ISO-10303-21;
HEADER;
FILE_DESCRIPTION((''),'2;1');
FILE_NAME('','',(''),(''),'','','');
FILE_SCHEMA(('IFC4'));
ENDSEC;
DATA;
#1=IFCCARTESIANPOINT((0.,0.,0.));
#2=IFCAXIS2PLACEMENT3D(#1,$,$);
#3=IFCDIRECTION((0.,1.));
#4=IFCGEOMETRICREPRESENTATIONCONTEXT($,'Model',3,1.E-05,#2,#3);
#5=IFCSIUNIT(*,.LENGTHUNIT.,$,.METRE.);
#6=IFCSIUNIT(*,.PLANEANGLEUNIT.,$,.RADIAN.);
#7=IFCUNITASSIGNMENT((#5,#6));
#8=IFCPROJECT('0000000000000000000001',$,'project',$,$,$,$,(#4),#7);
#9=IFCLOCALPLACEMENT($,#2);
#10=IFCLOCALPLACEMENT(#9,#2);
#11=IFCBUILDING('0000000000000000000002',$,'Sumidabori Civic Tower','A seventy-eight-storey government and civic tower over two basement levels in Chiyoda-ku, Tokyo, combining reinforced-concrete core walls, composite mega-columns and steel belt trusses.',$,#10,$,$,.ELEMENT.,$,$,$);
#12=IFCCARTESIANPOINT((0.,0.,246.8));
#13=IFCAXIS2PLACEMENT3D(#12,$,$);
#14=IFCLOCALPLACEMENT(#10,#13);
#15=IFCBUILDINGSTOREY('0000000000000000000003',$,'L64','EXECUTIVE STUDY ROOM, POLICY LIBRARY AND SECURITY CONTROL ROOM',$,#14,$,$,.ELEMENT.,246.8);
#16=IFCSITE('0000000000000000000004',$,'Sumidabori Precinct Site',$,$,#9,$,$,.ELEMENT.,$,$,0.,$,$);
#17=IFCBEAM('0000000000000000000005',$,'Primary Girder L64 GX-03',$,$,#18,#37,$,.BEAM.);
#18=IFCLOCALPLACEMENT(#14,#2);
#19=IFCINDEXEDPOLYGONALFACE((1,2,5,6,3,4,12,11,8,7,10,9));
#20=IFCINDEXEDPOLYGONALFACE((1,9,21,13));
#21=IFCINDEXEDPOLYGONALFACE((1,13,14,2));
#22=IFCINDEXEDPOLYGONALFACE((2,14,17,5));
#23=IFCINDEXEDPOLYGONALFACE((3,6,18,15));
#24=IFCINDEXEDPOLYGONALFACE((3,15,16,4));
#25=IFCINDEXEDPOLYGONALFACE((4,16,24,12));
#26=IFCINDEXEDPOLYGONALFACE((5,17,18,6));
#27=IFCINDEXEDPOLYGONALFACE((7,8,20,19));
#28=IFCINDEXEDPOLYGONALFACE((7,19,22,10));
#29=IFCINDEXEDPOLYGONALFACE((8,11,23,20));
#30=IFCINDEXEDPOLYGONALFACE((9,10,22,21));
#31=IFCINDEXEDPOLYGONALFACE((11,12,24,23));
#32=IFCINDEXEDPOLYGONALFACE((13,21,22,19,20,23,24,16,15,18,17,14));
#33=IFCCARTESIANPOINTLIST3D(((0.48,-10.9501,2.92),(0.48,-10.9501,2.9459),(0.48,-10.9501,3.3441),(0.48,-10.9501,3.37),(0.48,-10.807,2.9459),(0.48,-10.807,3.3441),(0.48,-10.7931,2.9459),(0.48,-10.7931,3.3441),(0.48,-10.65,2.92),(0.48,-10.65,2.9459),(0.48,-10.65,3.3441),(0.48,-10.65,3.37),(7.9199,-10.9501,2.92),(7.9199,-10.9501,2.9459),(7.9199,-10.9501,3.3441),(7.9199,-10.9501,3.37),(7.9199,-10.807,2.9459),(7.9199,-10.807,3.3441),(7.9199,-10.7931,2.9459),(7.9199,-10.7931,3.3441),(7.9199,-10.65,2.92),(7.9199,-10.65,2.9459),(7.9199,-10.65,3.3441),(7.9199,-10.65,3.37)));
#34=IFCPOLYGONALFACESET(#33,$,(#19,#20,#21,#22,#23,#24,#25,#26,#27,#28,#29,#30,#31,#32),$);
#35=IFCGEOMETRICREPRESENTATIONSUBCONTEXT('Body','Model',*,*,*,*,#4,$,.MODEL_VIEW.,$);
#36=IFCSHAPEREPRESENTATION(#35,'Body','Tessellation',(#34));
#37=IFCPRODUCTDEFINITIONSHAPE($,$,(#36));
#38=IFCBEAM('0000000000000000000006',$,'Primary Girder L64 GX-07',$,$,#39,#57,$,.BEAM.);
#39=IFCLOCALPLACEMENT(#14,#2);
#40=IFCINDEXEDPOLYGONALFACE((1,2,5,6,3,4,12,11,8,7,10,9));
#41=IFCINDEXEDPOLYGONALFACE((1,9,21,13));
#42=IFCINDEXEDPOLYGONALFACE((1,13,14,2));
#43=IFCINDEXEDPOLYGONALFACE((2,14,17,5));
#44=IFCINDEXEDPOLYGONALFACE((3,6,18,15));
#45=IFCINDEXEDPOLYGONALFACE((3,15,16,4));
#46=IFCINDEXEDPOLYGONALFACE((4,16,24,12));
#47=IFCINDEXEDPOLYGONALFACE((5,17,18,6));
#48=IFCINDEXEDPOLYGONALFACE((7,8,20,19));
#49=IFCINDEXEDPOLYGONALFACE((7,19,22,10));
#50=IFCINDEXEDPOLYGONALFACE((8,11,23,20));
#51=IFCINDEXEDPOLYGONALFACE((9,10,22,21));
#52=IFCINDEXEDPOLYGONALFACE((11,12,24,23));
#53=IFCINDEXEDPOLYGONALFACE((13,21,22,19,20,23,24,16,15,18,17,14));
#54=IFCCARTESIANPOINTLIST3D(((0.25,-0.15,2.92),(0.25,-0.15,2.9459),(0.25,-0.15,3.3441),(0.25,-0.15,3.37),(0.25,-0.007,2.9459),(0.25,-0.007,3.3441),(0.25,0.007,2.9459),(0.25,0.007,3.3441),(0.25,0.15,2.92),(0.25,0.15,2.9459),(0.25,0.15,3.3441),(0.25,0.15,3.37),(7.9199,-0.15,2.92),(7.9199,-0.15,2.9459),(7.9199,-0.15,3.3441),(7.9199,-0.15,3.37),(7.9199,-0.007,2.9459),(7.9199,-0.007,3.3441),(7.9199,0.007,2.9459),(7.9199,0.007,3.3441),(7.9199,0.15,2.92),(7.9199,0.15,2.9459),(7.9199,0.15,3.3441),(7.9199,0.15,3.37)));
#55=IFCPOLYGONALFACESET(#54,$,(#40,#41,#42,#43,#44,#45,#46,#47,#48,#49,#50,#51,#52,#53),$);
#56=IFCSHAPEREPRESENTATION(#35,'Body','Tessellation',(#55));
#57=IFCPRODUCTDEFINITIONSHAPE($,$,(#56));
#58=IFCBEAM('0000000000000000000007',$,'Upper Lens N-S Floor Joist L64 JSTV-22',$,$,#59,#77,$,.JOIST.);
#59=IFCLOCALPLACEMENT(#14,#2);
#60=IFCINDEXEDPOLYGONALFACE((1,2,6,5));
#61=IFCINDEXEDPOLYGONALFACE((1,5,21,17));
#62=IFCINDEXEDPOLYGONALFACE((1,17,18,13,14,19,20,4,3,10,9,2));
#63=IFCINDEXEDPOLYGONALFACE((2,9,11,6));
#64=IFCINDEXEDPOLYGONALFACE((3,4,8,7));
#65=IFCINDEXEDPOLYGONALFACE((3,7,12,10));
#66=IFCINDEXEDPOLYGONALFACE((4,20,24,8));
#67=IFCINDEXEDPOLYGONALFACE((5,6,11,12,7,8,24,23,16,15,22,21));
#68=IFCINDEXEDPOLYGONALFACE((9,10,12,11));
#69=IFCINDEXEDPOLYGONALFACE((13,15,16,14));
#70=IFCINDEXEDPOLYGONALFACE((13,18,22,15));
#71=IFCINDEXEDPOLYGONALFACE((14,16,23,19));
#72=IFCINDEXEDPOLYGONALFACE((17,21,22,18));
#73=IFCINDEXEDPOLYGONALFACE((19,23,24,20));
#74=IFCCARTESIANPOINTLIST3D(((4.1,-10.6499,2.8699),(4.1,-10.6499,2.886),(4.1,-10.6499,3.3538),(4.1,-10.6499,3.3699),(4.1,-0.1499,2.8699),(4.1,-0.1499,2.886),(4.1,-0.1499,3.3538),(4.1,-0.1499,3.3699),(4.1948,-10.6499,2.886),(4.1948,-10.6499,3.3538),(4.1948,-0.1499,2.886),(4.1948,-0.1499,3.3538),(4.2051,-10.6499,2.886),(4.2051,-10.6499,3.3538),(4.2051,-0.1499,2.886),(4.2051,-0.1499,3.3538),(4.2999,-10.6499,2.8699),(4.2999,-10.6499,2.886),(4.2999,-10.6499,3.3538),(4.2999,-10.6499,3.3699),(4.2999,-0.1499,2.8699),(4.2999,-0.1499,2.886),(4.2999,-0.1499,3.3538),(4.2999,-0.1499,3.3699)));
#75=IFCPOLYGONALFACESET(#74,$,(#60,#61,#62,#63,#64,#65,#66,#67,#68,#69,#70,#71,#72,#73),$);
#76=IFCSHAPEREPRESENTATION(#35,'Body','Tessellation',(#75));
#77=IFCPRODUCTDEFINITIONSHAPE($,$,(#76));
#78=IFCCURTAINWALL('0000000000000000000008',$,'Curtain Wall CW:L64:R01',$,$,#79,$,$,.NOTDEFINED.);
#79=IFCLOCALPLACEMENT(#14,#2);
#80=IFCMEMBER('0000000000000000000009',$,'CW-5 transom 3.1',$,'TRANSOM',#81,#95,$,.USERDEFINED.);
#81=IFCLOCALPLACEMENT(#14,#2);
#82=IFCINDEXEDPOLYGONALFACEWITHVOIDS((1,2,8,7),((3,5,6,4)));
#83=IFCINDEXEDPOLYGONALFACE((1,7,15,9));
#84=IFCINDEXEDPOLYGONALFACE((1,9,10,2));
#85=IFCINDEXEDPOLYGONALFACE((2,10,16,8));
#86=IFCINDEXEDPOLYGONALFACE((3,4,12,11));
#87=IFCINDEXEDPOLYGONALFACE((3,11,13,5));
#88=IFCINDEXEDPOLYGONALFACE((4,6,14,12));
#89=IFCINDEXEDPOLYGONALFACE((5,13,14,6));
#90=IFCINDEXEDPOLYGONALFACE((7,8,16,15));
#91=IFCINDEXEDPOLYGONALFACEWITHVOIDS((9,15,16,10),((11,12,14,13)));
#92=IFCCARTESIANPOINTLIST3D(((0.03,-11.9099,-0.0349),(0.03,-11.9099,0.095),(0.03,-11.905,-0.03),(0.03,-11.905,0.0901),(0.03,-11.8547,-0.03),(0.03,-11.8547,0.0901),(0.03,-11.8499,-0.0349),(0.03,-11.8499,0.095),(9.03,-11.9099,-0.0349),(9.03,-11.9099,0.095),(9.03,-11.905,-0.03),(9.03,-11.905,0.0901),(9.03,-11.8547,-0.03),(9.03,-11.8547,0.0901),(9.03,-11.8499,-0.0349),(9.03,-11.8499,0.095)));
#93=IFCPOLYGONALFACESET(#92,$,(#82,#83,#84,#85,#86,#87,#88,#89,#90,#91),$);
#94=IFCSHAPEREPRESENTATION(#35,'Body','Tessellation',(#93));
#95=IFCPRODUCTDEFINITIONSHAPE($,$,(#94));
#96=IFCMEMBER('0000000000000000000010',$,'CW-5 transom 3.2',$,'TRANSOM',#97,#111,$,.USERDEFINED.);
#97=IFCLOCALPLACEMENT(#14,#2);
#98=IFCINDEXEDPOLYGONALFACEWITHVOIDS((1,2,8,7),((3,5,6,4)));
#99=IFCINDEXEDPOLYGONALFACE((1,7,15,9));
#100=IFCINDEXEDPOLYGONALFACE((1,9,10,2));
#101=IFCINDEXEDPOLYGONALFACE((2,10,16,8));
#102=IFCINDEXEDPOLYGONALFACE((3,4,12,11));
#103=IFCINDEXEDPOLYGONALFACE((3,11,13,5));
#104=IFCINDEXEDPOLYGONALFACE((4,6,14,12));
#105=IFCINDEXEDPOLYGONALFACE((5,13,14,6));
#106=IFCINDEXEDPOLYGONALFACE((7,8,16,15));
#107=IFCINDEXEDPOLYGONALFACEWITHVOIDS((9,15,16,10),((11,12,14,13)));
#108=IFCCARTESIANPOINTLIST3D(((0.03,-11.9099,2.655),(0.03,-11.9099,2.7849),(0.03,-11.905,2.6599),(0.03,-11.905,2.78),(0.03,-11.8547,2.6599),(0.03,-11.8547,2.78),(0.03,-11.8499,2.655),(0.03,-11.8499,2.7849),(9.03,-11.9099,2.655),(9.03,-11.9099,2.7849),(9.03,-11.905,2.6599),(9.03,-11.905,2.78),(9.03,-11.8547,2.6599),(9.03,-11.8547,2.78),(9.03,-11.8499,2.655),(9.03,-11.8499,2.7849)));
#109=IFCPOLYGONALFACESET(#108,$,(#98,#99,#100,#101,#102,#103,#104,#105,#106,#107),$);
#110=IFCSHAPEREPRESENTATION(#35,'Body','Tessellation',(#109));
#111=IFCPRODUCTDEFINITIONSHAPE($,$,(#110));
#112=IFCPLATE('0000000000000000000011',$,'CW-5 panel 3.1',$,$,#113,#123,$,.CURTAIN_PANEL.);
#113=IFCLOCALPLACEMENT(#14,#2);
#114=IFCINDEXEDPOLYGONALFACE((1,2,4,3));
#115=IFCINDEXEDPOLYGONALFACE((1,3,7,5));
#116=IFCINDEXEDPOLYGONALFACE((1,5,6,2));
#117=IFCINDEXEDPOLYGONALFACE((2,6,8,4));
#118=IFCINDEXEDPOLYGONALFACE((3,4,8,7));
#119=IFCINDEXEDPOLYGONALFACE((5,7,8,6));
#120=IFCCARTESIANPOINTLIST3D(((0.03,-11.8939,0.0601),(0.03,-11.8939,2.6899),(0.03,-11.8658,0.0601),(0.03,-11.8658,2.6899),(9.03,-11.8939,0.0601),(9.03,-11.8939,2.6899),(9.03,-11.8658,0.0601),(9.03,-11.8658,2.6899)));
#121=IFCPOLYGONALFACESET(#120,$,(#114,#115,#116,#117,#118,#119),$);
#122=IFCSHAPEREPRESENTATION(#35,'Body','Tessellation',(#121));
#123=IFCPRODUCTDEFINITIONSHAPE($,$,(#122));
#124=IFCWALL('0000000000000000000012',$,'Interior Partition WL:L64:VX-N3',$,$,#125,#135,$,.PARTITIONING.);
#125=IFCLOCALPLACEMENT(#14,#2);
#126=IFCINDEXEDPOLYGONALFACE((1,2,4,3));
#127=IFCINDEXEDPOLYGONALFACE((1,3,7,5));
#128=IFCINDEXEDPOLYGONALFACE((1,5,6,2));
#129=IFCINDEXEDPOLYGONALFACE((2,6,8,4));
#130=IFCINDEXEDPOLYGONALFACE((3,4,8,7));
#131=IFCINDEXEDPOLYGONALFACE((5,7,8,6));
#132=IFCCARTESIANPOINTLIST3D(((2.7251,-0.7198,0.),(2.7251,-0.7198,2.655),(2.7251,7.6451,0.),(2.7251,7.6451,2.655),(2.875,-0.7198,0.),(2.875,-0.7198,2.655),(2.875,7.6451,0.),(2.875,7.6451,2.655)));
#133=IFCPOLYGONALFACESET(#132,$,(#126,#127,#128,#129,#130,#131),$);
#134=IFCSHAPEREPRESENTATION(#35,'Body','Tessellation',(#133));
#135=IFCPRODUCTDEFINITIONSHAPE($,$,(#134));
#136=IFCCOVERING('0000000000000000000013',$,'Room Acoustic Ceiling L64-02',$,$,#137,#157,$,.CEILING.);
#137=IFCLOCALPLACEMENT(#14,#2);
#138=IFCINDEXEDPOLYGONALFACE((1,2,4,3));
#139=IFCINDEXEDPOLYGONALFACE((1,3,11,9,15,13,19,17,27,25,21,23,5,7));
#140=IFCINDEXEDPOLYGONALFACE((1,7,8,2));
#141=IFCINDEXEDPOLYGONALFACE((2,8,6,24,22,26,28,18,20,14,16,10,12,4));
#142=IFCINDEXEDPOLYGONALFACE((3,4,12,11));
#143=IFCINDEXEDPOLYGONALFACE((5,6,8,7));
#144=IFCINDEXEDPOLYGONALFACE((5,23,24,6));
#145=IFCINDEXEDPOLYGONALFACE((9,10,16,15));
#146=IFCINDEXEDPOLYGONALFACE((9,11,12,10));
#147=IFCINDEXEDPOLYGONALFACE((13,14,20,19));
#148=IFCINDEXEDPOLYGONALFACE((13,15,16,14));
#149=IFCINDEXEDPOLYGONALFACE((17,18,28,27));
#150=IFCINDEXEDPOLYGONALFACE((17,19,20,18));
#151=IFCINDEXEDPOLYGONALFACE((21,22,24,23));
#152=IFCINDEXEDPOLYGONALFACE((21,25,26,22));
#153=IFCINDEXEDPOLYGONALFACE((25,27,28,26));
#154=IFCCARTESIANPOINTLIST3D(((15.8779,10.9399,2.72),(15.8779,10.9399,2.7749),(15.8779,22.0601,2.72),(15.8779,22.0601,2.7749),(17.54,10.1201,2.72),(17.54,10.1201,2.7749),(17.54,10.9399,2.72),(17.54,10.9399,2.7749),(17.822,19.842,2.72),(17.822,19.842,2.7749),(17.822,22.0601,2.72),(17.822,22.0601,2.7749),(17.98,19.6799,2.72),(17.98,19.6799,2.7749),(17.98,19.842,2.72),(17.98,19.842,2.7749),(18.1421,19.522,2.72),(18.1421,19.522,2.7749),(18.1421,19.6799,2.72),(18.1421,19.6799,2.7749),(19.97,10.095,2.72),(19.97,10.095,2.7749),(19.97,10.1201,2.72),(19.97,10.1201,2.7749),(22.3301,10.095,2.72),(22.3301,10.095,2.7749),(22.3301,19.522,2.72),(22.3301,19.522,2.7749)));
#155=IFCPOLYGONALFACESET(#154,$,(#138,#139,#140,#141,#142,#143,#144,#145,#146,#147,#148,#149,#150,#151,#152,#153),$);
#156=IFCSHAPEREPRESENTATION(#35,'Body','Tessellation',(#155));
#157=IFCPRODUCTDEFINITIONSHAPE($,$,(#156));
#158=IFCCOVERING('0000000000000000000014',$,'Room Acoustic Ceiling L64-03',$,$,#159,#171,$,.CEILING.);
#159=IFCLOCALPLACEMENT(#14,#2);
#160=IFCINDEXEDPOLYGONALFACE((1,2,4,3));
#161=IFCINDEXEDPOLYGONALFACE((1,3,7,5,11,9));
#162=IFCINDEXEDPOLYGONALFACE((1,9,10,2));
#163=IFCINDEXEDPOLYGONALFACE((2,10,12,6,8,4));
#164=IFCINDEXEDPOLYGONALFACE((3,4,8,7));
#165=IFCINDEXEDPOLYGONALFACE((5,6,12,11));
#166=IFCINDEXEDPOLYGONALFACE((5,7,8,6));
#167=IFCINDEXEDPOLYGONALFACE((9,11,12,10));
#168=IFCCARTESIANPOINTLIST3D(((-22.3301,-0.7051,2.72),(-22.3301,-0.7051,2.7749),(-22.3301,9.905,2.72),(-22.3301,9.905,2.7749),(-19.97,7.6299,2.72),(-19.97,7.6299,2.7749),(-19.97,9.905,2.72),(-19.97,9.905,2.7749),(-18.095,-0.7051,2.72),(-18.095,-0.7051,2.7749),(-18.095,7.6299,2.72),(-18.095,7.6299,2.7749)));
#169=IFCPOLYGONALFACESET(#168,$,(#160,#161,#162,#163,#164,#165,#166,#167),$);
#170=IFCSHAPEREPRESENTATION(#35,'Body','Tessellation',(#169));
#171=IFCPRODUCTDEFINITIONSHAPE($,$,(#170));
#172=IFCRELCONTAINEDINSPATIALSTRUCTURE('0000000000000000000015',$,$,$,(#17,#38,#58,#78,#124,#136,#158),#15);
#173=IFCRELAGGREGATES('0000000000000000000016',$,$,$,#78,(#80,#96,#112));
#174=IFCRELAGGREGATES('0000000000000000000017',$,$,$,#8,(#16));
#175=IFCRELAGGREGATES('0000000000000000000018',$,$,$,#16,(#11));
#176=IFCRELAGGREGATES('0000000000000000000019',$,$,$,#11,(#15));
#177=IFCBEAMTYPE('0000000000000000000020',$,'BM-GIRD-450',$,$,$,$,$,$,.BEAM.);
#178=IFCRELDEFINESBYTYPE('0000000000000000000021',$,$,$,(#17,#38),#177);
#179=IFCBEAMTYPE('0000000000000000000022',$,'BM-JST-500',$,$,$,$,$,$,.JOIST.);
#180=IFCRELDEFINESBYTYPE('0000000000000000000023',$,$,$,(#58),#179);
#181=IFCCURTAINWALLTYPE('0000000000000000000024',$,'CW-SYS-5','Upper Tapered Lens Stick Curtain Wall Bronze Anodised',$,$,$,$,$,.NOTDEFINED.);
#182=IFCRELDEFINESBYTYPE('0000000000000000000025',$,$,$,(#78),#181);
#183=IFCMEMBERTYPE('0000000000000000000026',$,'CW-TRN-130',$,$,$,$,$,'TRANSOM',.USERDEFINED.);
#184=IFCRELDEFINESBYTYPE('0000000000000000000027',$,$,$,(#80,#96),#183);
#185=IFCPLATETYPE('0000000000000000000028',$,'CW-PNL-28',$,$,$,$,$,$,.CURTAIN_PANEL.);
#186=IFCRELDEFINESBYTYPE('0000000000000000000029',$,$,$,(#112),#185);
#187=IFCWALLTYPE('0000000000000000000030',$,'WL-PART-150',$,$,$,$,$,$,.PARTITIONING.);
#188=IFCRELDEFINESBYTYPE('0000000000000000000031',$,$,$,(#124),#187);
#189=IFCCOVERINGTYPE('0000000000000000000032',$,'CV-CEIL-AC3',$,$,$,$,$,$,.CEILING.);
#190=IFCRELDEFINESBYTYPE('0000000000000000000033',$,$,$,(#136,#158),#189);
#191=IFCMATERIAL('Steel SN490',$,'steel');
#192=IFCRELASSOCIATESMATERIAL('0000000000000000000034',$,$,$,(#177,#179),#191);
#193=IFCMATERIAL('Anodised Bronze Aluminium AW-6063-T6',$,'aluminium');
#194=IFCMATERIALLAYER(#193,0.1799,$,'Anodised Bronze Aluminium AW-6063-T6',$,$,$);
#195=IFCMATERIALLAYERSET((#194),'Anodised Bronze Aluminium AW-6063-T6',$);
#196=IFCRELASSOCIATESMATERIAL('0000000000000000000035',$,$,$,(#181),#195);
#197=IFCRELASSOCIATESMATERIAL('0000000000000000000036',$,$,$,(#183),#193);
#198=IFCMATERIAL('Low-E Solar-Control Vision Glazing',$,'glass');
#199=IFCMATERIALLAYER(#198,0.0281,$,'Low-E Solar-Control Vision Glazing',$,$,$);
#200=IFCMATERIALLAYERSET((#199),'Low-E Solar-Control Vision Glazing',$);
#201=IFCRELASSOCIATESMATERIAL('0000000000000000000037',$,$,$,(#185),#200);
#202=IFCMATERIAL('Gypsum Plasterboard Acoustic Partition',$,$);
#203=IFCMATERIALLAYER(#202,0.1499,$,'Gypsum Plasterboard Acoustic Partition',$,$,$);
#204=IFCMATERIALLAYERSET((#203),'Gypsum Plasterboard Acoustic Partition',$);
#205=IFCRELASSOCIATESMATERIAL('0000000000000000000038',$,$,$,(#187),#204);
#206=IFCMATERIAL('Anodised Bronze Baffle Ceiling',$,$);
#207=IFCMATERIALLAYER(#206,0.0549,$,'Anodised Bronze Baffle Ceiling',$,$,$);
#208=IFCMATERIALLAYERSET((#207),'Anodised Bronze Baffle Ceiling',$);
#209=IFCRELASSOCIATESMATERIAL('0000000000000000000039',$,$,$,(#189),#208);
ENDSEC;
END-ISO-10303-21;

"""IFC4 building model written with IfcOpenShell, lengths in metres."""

from ifc_helpers import new_model, si_unit, direction, frame, frame_2d, origin, origin_2d, place, context, subcontext, project, spatial, polyline, rectangle, hollow_rectangle, i_section, outline, extrude, source, transform, mapped, material, layer, layer_set, material_profile, profile_set, type_object, element, aggregate, save


model = new_model("IFC4")

# Units and contexts
model_context = context("Model", 3, precision=1e-05, world=origin(), true_north=direction((0.0, 1.0)))
body_context = subcontext(model_context, "Body", "Model", "MODEL_VIEW")
ifc_project = project(units=[si_unit("LENGTHUNIT", "METRE"), si_unit("PLANEANGLEUNIT", "RADIAN")], contexts=[model_context])

# Site, building, storey
site_placement = place(None, origin())
site = spatial("IfcSite", under=ifc_project, at=site_placement, Name="Sumidabori Precinct Site", CompositionType="ELEMENT", RefElevation=0.0)
building_placement = place(site_placement, origin())
building = spatial("IfcBuilding", under=site, at=building_placement, Name="Sumidabori Civic Tower", Description="A seventy-eight-storey government and civic tower over two basement levels in Chiyoda-ku, Tokyo, combining reinforced-concrete core walls, composite mega-columns and steel belt trusses.", CompositionType="ELEMENT")
storey_placement = place(building_placement, frame((0.0, 0.0, 246.8)))
storey = spatial("IfcBuildingStorey", under=building, at=storey_placement, Name="L64", Description="EXECUTIVE STUDY ROOM, POLICY LIBRARY AND SECURITY CONTROL ROOM", CompositionType="ELEMENT", Elevation=246.8)

# Beams
ifc_material_1 = material(Name="Steel SN490", Category="steel")
ifc_material_profile_1 = material_profile(ifc_material_1, i_section(OverallWidth=0.3, OverallDepth=0.45, WebThickness=0.0139, FlangeThickness=0.0259, at=origin_2d()), Name="HE 450 B")
ifc_profile_set_1 = profile_set([ifc_material_profile_1], Name="Steel SN490")
beam_type_1 = type_object("IfcBeamType", Name="BM-GIRD-450", PredefinedType="BEAM", material=ifc_profile_set_1)
shared_shape_1 = source(origin(), body_context, "Body", "SweptSolid", [
    extrude(i_section(OverallWidth=0.3, OverallDepth=0.45, WebThickness=0.0139, FlangeThickness=0.0259, at=origin_2d()), origin(), (0.0, 0.0, 1.0), 7.4399),
])
beam_1_placement = place(storey_placement, frame((0.48, -10.8, 3.145), z_axis=(1.0, 0.0, 0.0), x_axis=(0.0, 1.0, 0.0)))
element("IfcBeam", 1, at=beam_1_placement, inside=storey, type_object=beam_type_1, Name="Primary Girder L64 GX-03", PredefinedType="BEAM", context=body_context, shape_type="MappedRepresentation", body=[
    mapped(shared_shape_1, transform((0.0, 0.0, 0.0), x_axis=(1.0, 0.0, 0.0), y_axis=(0.0, 1.0, 0.0), z_axis=(0.0, 0.0, 1.0), scale=1.0)),
])
shared_shape_2 = source(origin(), body_context, "Body", "SweptSolid", [
    extrude(i_section(OverallWidth=0.3, OverallDepth=0.45, WebThickness=0.0139, FlangeThickness=0.0259, at=origin_2d()), origin(), (0.0, 0.0, 1.0), 7.6699),
])
beam_2_placement = place(storey_placement, frame((0.25, 0.0, 3.145), z_axis=(1.0, 0.0, 0.0), x_axis=(0.0, 1.0, 0.0)))
element("IfcBeam", 2, at=beam_2_placement, inside=storey, type_object=beam_type_1, Name="Primary Girder L64 GX-07", PredefinedType="BEAM", context=body_context, shape_type="MappedRepresentation", body=[
    mapped(shared_shape_2, transform((0.0, 0.0, 0.0), x_axis=(1.0, 0.0, 0.0), y_axis=(0.0, 1.0, 0.0), z_axis=(0.0, 0.0, 1.0), scale=1.0)),
])
ifc_material_profile_2 = material_profile(ifc_material_1, i_section(OverallWidth=0.2, OverallDepth=0.5, WebThickness=0.0103, FlangeThickness=0.0161, at=origin_2d()), Name="IPE 500")
ifc_profile_set_2 = profile_set([ifc_material_profile_2], Name="Steel SN490")
beam_type_2 = type_object("IfcBeamType", Name="BM-JST-500", PredefinedType="JOIST", material=ifc_profile_set_2)
shared_shape_3 = source(origin(), body_context, "Body", "SweptSolid", [
    extrude(i_section(OverallWidth=0.2, OverallDepth=0.5, WebThickness=0.0103, FlangeThickness=0.0161, at=origin_2d()), origin(), (0.0, 0.0, 1.0), 10.5),
])
beam_3_placement = place(storey_placement, frame((4.2, -10.6499, 3.1199), z_axis=(0.0, 1.0, 0.0), x_axis=(-1.0, 0.0, 0.0)))
element("IfcBeam", 3, at=beam_3_placement, inside=storey, type_object=beam_type_2, Name="Upper Lens N-S Floor Joist L64 JSTV-22", PredefinedType="JOIST", context=body_context, shape_type="MappedRepresentation", body=[
    mapped(shared_shape_3, transform((0.0, 0.0, 0.0), x_axis=(1.0, 0.0, 0.0), y_axis=(0.0, 1.0, 0.0), z_axis=(0.0, 0.0, 1.0), scale=1.0)),
])

# Curtain wall, members, plate
ifc_material_2 = material(Name="Anodised Bronze Aluminium AW-6063-T6", Category="aluminium")
ifc_layer_1 = layer(ifc_material_2, 0.1799, Name="Anodised Bronze Aluminium AW-6063-T6")
ifc_layer_set_1 = layer_set([ifc_layer_1], Name="Anodised Bronze Aluminium AW-6063-T6")
curtain_wall_type = type_object("IfcCurtainWallType", Name="CW-SYS-5", Description="Upper Tapered Lens Stick Curtain Wall Bronze Anodised", PredefinedType="NOTDEFINED", material=ifc_layer_set_1)
curtain_wall_placement = place(storey_placement, origin())
curtain_wall = element("IfcCurtainWall", 4, at=curtain_wall_placement, inside=storey, type_object=curtain_wall_type, Name="Curtain Wall CW:L64:R01", PredefinedType="NOTDEFINED")
ifc_material_profile_3 = material_profile(ifc_material_2, hollow_rectangle(XDim=0.0601, YDim=0.1299, WallThickness=0.0049, at=origin_2d()), Name="ALU TRANSOM 130x60")
ifc_profile_set_3 = profile_set([ifc_material_profile_3], Name="Anodised Bronze Aluminium AW-6063-T6")
member_type = type_object("IfcMemberType", Name="CW-TRN-130", ElementType="TRANSOM", PredefinedType="USERDEFINED", material=ifc_profile_set_3)
shared_shape_4 = source(origin(), body_context, "Body", "SweptSolid", [
    extrude(hollow_rectangle(XDim=0.0601, YDim=0.1299, WallThickness=0.0049, at=origin_2d()), origin(), (0.0, 0.0, 1.0), 9.0),
])
member_1_placement = place(storey_placement, frame((0.03, -11.8799, 0.03), z_axis=(1.0, 0.0, 0.0), x_axis=(0.0, 1.0, 0.0)))
member_1 = element("IfcMember", 5, at=member_1_placement, type_object=member_type, Name="CW-5 transom 3.1", ObjectType="TRANSOM", PredefinedType="USERDEFINED", context=body_context, shape_type="MappedRepresentation", body=[
    mapped(shared_shape_4, transform((0.0, 0.0, 0.0), x_axis=(1.0, 0.0, 0.0), y_axis=(0.0, 1.0, 0.0), z_axis=(0.0, 0.0, 1.0), scale=1.0)),
])
member_2_placement = place(storey_placement, frame((0.03, -11.8799, 2.72), z_axis=(1.0, 0.0, 0.0), x_axis=(0.0, 1.0, 0.0)))
member_2 = element("IfcMember", 6, at=member_2_placement, type_object=member_type, Name="CW-5 transom 3.2", ObjectType="TRANSOM", PredefinedType="USERDEFINED", context=body_context, shape_type="MappedRepresentation", body=[
    mapped(shared_shape_4, transform((0.0, 0.0, 0.0), x_axis=(1.0, 0.0, 0.0), y_axis=(0.0, 1.0, 0.0), z_axis=(0.0, 0.0, 1.0), scale=1.0)),
])
ifc_material_3 = material(Name="Low-E Solar-Control Vision Glazing", Category="glass")
ifc_layer_2 = layer(ifc_material_3, 0.0281, Name="Low-E Solar-Control Vision Glazing")
ifc_layer_set_2 = layer_set([ifc_layer_2], Name="Low-E Solar-Control Vision Glazing")
plate_type = type_object("IfcPlateType", Name="CW-PNL-28", PredefinedType="CURTAIN_PANEL", material=ifc_layer_set_2)
shared_shape_5 = source(origin(), body_context, "Body", "SweptSolid", [
    extrude(rectangle(XDim=9.0, YDim=0.0281, at=origin_2d()), origin(), (0.0, 0.0, 1.0), 2.6299),
])
plate_placement = place(storey_placement, frame((4.53, -11.8799, 0.0601), z_axis=(0.0, 0.0, 1.0), x_axis=(1.0, 0.0, 0.0)))
plate = element("IfcPlate", 7, at=plate_placement, type_object=plate_type, Name="CW-5 panel 3.1", PredefinedType="CURTAIN_PANEL", context=body_context, shape_type="MappedRepresentation", body=[
    mapped(shared_shape_5, transform((0.0, 0.0, 0.0), x_axis=(1.0, 0.0, 0.0), y_axis=(0.0, 1.0, 0.0), z_axis=(0.0, 0.0, 1.0), scale=1.0)),
])
aggregate(curtain_wall, [member_1, member_2, plate])

# Wall
ifc_material_4 = material(Name="Gypsum Plasterboard Acoustic Partition")
ifc_layer_3 = layer(ifc_material_4, 0.1499, Name="Gypsum Plasterboard Acoustic Partition")
ifc_layer_set_3 = layer_set([ifc_layer_3], Name="Gypsum Plasterboard Acoustic Partition")
wall_type = type_object("IfcWallType", Name="WL-PART-150", PredefinedType="PARTITIONING", material=ifc_layer_set_3)
shared_shape_6 = source(origin(), body_context, "Body", "SweptSolid", [
    extrude(rectangle(XDim=8.365, YDim=0.1499, at=frame_2d((4.1826, 0.0))), origin(), (0.0, 0.0, 1.0), 2.655),
])
wall_placement = place(storey_placement, frame((2.8, -0.72, 0.0), z_axis=(0.0, 0.0, 1.0), x_axis=(0.0, 1.0, 0.0)))
element("IfcWall", 8, at=wall_placement, inside=storey, type_object=wall_type, Name="Interior Partition WL:L64:VX-N3", PredefinedType="PARTITIONING", context=body_context, shape_type="MappedRepresentation", body=[
    mapped(shared_shape_6, transform((0.0, 0.0, 0.0), x_axis=(1.0, 0.0, 0.0), y_axis=(0.0, 1.0, 0.0), z_axis=(0.0, 0.0, 1.0), scale=1.0)),
])

# Coverings
ifc_material_5 = material(Name="Anodised Bronze Baffle Ceiling")
ifc_layer_4 = layer(ifc_material_5, 0.0549, Name="Anodised Bronze Baffle Ceiling")
ifc_layer_set_4 = layer_set([ifc_layer_4], Name="Anodised Bronze Baffle Ceiling")
covering_type_1 = type_object("IfcCoveringType", Name="CV-CEIL-AC3", PredefinedType="CEILING", material=ifc_layer_set_4)
covering_1_placement = place(storey_placement, frame((0.0, 0.0, 2.72)))
element("IfcCovering", 9, at=covering_1_placement, inside=storey, type_object=covering_type_1, Name="Room Acoustic Ceiling L64-02", PredefinedType="CEILING", context=body_context, shape_type="SweptSolid", body=[
    extrude(outline(polyline([(17.822, 22.0601), (17.822, 19.842), (17.98, 19.842), (17.98, 19.6799), (18.1421, 19.6799), (18.1421, 19.522), (22.3301, 19.522), (22.3301, 10.095), (19.97, 10.095), (19.97, 10.1201), (17.54, 10.1201), (17.54, 10.9399), (15.8779, 10.9399), (15.8779, 22.0601), (17.822, 22.0601)])), origin(), (0.0, 0.0, 1.0), 0.0549),
])
covering_2_placement = place(storey_placement, frame((0.0, 0.0, 2.72)))
element("IfcCovering", 10, at=covering_2_placement, inside=storey, type_object=covering_type_1, Name="Room Acoustic Ceiling L64-03", PredefinedType="CEILING", context=body_context, shape_type="SweptSolid", body=[
    extrude(outline(polyline([(-19.97, 7.6299), (-18.095, 7.6299), (-18.095, -0.7051), (-22.3301, -0.7051), (-22.3301, 9.905), (-19.97, 9.905), (-19.97, 7.6299)])), origin(), (0.0, 0.0, 1.0), 0.0549),
])

save(model, "model.ifc")
